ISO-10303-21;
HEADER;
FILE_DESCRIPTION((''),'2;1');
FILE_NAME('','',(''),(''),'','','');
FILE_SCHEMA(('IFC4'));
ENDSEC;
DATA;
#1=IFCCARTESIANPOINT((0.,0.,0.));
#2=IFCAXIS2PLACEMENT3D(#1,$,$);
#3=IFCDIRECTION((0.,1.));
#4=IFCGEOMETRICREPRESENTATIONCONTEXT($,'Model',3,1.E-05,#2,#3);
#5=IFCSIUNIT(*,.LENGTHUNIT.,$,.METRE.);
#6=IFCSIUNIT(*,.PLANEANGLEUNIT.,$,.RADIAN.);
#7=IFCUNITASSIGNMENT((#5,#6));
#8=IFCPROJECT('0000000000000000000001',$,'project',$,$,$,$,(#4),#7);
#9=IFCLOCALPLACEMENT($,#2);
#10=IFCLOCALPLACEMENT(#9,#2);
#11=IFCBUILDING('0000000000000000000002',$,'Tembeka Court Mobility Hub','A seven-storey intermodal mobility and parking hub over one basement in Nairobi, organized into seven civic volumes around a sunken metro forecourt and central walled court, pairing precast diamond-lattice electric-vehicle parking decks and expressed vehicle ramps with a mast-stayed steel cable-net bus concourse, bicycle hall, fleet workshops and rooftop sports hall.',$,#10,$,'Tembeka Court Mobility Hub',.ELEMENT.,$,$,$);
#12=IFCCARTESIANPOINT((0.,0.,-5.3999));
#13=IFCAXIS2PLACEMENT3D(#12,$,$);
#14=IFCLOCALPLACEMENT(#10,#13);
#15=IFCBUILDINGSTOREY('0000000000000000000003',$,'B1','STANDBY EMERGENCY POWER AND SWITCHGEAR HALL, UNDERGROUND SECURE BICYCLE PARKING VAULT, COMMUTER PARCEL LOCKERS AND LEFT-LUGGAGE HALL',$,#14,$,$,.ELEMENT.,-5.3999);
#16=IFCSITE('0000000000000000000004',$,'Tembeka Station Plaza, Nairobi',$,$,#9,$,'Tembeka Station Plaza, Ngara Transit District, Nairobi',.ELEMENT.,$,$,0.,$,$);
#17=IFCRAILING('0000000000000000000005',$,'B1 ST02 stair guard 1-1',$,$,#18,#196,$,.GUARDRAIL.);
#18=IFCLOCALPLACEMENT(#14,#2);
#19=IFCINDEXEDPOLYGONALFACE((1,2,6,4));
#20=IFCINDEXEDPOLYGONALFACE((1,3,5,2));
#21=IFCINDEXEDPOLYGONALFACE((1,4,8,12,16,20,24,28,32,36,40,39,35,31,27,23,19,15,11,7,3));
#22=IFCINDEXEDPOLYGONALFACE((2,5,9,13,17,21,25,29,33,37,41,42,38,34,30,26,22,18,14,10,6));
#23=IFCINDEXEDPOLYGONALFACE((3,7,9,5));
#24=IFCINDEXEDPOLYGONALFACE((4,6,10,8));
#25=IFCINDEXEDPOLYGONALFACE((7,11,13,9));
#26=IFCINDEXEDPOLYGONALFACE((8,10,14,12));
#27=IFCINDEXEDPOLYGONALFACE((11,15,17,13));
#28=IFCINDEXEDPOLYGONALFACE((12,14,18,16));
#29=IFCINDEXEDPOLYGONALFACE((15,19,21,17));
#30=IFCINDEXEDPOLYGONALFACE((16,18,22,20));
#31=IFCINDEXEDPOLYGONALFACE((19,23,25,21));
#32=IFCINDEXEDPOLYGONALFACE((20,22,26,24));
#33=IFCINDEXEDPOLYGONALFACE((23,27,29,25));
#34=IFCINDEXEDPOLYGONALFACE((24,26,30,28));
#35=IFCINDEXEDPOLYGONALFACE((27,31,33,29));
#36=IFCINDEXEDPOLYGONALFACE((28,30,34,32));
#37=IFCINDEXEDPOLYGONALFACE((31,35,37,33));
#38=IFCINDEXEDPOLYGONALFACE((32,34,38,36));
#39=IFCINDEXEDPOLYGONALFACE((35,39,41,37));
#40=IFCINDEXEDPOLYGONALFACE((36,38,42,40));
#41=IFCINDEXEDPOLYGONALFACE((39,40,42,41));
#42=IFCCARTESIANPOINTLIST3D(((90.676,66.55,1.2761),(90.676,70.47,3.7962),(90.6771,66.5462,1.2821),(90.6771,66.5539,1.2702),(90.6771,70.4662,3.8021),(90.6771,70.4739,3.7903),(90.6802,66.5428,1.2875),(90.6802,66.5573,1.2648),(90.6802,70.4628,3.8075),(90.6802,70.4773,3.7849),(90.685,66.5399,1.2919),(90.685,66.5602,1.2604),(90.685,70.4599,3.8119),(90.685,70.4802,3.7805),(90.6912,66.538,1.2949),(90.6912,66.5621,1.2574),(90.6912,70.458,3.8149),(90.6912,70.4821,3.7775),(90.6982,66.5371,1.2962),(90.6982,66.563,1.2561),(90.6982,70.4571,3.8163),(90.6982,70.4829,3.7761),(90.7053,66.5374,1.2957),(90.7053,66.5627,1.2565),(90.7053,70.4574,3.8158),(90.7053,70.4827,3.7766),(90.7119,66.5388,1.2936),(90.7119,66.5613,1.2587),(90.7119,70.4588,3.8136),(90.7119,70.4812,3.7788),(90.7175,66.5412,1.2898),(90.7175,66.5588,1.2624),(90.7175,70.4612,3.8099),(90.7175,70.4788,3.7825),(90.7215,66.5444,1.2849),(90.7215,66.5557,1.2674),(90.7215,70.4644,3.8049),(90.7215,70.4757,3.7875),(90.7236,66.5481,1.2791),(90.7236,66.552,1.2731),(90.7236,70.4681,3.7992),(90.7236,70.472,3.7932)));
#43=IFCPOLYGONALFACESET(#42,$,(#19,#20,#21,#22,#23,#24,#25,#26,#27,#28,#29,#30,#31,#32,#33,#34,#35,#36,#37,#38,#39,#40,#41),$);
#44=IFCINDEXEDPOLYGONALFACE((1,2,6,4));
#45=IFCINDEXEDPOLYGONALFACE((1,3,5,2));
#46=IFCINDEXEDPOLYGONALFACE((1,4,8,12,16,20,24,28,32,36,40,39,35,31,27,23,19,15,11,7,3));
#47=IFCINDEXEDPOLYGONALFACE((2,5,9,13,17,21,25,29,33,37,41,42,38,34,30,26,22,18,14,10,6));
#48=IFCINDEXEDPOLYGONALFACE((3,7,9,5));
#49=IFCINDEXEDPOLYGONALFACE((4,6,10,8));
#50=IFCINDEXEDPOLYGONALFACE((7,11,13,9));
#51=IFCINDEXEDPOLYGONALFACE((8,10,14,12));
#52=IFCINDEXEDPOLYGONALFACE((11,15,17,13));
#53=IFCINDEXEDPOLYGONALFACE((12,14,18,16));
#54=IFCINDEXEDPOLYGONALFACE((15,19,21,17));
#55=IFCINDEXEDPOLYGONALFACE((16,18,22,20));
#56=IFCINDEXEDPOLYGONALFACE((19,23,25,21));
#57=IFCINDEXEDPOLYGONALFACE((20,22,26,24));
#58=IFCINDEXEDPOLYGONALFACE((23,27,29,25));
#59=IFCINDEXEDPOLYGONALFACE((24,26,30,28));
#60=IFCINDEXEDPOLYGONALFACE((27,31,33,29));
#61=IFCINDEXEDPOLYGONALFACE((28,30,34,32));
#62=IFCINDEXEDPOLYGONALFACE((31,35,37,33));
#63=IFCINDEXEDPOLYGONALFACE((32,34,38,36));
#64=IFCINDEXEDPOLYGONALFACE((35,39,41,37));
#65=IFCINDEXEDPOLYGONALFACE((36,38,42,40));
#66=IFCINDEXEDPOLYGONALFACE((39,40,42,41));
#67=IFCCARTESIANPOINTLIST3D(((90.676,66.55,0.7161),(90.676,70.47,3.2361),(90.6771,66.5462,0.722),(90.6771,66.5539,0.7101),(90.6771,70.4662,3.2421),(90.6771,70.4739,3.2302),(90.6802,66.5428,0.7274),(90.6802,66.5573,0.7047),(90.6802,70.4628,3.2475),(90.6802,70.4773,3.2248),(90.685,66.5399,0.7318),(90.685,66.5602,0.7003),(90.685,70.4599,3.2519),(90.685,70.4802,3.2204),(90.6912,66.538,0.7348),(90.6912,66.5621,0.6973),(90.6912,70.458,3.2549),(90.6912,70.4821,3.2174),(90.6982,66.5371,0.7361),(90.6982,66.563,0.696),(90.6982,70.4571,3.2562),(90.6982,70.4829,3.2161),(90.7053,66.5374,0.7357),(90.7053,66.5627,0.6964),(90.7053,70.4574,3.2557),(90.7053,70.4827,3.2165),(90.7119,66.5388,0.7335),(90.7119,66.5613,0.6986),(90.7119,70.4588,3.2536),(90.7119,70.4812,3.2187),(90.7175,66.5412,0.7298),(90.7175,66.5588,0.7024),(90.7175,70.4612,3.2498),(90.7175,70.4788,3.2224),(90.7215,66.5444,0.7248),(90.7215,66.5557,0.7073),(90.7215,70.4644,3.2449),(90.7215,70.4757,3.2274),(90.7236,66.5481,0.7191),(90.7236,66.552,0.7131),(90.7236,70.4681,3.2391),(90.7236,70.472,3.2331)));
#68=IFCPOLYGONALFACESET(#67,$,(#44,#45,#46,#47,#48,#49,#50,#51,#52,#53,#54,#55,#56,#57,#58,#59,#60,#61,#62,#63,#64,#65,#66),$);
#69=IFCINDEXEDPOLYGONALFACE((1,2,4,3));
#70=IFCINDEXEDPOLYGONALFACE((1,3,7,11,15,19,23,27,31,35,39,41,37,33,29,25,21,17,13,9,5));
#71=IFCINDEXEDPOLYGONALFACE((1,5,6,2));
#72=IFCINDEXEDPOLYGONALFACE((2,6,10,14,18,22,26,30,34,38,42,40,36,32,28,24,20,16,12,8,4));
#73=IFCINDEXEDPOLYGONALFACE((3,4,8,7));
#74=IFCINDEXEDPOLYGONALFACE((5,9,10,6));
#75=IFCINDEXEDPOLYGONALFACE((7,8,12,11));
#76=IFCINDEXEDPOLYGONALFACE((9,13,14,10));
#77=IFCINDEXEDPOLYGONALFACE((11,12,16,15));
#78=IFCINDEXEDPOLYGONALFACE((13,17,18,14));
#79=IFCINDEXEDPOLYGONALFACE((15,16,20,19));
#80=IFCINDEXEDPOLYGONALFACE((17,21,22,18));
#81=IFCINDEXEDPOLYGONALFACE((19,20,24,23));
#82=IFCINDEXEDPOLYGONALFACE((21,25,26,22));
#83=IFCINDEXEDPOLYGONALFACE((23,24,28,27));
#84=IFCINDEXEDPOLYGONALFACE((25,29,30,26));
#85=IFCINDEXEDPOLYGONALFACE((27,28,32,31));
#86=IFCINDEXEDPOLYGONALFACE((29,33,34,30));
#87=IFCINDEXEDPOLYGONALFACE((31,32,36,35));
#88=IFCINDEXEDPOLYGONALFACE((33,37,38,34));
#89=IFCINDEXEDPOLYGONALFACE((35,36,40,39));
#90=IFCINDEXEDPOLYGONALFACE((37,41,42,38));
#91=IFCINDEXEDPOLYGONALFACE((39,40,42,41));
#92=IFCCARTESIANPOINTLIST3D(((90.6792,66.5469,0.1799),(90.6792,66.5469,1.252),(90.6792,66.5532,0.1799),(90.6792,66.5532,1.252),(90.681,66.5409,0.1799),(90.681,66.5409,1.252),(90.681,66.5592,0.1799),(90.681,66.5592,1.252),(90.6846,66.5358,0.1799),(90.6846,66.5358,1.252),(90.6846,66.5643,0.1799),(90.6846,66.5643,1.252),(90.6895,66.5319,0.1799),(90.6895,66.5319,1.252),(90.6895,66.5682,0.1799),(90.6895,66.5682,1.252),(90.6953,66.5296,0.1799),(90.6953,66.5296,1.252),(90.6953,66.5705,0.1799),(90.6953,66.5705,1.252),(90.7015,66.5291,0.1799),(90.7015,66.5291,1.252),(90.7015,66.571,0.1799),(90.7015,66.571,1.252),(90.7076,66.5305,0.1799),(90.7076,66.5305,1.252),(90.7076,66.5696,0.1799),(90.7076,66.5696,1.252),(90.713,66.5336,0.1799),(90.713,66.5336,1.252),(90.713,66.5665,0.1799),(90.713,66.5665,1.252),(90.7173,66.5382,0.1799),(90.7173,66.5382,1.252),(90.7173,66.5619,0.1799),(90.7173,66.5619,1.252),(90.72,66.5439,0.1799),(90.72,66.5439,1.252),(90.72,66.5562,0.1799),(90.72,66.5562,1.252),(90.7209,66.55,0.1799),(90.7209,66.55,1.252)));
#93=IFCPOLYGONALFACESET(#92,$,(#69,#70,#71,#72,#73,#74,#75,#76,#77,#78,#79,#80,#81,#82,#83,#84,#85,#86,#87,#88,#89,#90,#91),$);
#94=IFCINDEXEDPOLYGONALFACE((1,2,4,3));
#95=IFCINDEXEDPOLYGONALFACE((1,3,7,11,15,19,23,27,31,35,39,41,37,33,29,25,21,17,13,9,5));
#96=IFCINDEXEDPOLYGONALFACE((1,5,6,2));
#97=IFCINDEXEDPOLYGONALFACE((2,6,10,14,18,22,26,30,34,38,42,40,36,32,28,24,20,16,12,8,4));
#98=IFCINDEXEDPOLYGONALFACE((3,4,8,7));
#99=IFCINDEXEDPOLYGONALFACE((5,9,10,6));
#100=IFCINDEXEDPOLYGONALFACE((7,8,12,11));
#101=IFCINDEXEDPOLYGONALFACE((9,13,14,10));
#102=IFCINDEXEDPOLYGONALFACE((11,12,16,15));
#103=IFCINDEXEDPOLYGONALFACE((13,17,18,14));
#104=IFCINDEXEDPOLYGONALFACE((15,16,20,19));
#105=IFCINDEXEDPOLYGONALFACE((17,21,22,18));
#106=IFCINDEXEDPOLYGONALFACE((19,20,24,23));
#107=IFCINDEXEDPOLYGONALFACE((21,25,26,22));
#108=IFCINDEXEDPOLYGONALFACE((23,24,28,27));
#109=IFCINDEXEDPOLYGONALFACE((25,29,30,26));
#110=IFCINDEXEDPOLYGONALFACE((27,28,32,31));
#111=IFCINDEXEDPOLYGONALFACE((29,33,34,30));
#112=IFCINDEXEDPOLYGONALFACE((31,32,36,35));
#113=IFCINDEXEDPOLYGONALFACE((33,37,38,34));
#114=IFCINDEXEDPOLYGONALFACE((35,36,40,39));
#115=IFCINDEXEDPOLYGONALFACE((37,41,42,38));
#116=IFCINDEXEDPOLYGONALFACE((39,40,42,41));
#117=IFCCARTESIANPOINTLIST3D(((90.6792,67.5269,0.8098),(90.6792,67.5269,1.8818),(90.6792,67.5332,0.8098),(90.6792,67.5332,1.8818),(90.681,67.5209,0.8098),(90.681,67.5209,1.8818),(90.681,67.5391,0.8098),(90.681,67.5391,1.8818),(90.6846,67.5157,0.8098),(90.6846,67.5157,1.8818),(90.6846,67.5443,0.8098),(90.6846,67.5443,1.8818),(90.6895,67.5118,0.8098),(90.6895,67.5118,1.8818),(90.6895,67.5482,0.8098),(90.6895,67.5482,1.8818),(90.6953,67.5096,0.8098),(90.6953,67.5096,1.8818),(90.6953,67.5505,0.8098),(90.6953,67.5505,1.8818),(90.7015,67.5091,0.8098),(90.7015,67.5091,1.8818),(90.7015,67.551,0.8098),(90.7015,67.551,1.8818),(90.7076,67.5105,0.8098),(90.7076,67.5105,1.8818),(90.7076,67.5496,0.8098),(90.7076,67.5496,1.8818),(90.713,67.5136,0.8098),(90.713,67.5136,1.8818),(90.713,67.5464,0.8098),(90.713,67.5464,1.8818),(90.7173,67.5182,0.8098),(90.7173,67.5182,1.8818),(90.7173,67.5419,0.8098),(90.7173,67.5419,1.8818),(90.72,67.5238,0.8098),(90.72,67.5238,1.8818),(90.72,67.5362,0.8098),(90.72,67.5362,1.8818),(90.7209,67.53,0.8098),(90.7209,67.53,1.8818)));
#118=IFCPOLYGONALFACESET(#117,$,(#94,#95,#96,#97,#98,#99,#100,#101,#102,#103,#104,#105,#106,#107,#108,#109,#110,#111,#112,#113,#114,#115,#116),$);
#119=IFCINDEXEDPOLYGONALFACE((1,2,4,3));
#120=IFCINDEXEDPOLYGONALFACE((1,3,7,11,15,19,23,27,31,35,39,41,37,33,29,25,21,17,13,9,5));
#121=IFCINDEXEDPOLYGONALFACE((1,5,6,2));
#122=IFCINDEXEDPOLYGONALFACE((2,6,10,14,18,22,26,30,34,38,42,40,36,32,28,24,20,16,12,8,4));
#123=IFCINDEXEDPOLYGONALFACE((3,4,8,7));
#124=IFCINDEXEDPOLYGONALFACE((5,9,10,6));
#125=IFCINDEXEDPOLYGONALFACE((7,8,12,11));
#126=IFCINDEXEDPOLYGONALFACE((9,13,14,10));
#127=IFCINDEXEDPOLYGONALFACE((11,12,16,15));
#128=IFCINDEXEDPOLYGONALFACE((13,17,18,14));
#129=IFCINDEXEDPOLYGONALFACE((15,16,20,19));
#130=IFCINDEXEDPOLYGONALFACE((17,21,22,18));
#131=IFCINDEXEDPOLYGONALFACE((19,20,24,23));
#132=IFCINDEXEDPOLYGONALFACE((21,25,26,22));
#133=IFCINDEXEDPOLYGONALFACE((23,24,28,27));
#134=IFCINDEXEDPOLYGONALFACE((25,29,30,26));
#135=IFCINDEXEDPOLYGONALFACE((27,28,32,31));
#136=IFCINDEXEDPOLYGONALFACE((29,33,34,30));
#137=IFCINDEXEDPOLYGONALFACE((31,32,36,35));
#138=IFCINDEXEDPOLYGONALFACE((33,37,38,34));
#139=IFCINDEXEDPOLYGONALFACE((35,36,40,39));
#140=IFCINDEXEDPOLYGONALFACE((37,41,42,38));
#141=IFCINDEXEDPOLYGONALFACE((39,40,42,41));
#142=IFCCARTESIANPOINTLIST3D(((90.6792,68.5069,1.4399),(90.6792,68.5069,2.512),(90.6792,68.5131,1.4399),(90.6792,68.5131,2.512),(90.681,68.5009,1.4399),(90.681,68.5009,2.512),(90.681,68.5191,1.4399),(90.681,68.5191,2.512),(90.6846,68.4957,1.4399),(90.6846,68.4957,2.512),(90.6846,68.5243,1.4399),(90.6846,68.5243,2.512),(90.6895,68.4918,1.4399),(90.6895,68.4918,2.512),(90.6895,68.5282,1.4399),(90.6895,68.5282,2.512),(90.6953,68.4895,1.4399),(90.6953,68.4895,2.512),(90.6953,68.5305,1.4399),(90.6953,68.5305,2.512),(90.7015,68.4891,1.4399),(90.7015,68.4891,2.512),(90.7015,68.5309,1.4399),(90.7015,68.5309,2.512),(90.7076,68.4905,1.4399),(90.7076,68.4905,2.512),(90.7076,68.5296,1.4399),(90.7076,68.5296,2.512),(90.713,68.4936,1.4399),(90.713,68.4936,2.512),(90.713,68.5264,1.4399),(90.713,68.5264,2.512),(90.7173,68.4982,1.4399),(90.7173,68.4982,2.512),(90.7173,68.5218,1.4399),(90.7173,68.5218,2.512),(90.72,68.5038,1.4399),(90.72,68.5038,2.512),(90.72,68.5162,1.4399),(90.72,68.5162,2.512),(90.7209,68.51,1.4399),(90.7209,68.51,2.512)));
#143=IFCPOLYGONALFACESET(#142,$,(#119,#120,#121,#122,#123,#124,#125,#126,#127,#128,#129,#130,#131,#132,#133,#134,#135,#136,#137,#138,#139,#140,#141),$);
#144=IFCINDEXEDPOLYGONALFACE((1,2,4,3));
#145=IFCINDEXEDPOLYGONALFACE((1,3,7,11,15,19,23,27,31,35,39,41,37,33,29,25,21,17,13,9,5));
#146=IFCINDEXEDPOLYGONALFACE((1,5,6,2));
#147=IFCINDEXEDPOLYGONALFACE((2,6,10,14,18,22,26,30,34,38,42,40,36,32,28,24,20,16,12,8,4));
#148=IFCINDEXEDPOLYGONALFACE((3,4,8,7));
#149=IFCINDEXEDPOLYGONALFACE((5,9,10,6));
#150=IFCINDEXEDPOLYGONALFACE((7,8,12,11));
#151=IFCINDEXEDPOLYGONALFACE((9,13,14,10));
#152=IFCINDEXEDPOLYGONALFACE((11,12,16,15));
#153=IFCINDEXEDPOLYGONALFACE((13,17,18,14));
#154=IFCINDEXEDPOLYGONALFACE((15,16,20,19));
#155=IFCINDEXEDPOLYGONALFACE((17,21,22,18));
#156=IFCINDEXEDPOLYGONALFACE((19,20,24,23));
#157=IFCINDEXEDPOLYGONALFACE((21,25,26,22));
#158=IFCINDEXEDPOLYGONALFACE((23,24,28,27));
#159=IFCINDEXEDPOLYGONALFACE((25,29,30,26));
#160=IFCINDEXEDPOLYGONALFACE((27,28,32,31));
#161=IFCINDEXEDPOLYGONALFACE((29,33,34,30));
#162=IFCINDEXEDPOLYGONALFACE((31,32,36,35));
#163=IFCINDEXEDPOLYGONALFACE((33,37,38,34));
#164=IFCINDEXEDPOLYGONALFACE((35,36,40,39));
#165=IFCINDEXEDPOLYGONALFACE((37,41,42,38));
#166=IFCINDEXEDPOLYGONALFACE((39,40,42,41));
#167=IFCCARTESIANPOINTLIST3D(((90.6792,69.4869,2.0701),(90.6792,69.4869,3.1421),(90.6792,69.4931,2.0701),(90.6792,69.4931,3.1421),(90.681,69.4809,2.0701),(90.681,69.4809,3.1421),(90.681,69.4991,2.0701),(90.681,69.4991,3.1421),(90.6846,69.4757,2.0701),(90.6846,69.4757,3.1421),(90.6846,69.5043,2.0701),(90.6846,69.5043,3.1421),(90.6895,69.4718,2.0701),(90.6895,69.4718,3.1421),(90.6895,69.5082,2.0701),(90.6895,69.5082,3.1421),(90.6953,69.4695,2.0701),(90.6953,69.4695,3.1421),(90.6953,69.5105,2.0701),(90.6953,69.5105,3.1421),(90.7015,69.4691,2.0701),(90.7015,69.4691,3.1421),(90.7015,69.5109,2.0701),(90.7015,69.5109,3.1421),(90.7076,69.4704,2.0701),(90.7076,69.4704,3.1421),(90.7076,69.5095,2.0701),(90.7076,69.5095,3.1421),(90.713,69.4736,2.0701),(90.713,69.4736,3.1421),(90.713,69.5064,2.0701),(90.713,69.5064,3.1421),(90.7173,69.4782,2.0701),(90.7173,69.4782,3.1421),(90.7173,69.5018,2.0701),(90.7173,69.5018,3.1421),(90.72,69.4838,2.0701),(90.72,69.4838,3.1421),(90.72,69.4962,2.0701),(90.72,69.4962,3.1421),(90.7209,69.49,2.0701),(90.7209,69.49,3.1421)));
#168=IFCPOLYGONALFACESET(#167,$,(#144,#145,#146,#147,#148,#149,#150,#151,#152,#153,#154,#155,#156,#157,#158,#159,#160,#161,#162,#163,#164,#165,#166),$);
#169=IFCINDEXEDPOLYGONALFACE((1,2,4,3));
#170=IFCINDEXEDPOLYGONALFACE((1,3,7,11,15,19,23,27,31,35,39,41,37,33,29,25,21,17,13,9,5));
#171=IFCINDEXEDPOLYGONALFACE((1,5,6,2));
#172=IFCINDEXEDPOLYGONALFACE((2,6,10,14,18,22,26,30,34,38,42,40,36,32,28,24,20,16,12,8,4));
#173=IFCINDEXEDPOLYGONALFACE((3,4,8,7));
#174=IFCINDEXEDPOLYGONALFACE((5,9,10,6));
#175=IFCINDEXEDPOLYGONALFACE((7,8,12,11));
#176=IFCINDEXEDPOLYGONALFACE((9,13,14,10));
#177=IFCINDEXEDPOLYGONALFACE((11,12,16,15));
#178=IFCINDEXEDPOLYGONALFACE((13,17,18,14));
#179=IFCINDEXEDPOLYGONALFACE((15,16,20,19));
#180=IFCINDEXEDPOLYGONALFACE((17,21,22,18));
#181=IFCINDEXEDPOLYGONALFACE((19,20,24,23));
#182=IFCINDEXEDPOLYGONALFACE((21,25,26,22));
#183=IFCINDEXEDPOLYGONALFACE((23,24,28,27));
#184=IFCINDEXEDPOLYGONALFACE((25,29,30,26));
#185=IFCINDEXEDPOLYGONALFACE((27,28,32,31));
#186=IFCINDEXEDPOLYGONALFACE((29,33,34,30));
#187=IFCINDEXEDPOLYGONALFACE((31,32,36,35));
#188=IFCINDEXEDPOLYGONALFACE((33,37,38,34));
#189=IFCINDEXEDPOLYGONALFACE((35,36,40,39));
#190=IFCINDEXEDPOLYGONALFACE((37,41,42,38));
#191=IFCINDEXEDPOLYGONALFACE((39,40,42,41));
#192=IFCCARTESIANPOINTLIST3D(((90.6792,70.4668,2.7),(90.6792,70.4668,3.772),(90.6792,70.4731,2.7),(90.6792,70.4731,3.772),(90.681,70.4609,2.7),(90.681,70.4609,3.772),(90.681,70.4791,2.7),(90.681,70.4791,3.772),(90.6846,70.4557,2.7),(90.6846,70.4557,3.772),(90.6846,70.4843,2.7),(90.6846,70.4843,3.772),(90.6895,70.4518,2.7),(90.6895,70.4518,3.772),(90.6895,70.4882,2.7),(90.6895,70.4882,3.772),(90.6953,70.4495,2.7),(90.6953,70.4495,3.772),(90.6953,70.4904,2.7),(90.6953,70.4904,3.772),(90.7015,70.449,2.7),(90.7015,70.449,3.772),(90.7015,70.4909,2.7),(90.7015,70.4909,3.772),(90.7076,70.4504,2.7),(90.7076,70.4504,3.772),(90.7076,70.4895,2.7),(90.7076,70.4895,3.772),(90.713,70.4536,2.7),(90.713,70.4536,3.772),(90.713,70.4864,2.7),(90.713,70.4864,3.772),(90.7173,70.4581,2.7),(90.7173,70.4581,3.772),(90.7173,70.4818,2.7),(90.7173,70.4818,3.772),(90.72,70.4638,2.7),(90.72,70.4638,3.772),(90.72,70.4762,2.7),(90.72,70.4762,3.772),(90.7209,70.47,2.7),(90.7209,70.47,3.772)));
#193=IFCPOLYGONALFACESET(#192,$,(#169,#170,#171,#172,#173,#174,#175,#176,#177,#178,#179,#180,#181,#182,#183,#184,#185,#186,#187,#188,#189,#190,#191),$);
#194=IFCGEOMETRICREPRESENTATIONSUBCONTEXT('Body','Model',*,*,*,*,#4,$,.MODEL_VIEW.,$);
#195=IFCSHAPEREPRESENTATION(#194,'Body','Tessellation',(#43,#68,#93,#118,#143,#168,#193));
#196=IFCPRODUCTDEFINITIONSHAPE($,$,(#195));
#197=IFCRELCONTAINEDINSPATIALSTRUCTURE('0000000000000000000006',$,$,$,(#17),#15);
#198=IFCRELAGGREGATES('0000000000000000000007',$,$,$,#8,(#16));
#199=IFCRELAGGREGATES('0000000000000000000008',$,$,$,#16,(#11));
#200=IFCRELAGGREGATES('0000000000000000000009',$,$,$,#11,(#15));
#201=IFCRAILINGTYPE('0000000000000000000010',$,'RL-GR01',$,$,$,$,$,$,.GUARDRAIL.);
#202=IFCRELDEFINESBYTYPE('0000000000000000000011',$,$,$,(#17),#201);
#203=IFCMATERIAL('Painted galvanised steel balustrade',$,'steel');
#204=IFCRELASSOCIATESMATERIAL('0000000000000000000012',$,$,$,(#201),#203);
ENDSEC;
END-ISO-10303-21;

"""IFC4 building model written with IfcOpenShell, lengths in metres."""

from ifc_helpers import new_model, si_unit, direction, frame, origin, origin_2d, place, context, subcontext, project, spatial, circle, extrude, material, type_object, element, save


model = new_model("IFC4")

# Units and contexts
model_context = context("Model", 3, precision=1e-05, world=origin(), true_north=direction((0.0, 1.0)))
body_context = subcontext(model_context, "Body", "Model", "MODEL_VIEW")
ifc_project = project(units=[si_unit("LENGTHUNIT", "METRE"), si_unit("PLANEANGLEUNIT", "RADIAN")], contexts=[model_context])

# Site, building, storey
site_placement = place(None, origin())
site = spatial("IfcSite", under=ifc_project, at=site_placement, Name="Tembeka Station Plaza, Nairobi", LongName="Tembeka Station Plaza, Ngara Transit District, Nairobi", CompositionType="ELEMENT", RefElevation=0.0)
building_placement = place(site_placement, origin())
building = spatial("IfcBuilding", under=site, at=building_placement, Name="Tembeka Court Mobility Hub", Description="A seven-storey intermodal mobility and parking hub over one basement in Nairobi, organized into seven civic volumes around a sunken metro forecourt and central walled court, pairing precast diamond-lattice electric-vehicle parking decks and expressed vehicle ramps with a mast-stayed steel cable-net bus concourse, bicycle hall, fleet workshops and rooftop sports hall.", LongName="Tembeka Court Mobility Hub", CompositionType="ELEMENT")
storey_placement = place(building_placement, frame((0.0, 0.0, -5.3999)))
storey = spatial("IfcBuildingStorey", under=building, at=storey_placement, Name="B1", Description="STANDBY EMERGENCY POWER AND SWITCHGEAR HALL, UNDERGROUND SECURE BICYCLE PARKING VAULT, COMMUTER PARCEL LOCKERS AND LEFT-LUGGAGE HALL", CompositionType="ELEMENT", Elevation=-5.3999)

# Railing
ifc_material_1 = material(Name="Painted galvanised steel balustrade", Category="steel")
railing_type_1 = type_object("IfcRailingType", Name="RL-GR01", PredefinedType="GUARDRAIL", material=ifc_material_1)
railing_1_placement = place(storey_placement, frame((90.7, 66.55, 0.1799)))
element("IfcRailing", 1, at=railing_1_placement, inside=storey, type_object=railing_type_1, Name="B1 ST02 stair guard 1-1", PredefinedType="GUARDRAIL", context=body_context, shape_type="SweptSolid", body=[
    extrude(circle(Radius=0.0239, at=origin_2d()), frame((0.0, 0.0, 1.0962), z_axis=(0.0, 0.841172, 0.540768), x_axis=(-1.0, 0.0, 0.0)), (0.0, 0.0, 1.0), 4.6602),
    extrude(circle(Radius=0.0239, at=origin_2d()), frame((0.0, 0.0, 0.5361), z_axis=(0.0, 0.841172, 0.540768), x_axis=(-1.0, 0.0, 0.0)), (0.0, 0.0, 1.0), 4.6602),
    extrude(circle(Radius=0.021, at=origin_2d()), origin(), (0.0, 0.0, 1.0), 1.072),
    extrude(circle(Radius=0.021, at=origin_2d()), frame((0.0, 0.98, 0.6299)), (0.0, 0.0, 1.0), 1.072),
    extrude(circle(Radius=0.021, at=origin_2d()), frame((0.0, 1.96, 1.26)), (0.0, 0.0, 1.0), 1.072),
    extrude(circle(Radius=0.021, at=origin_2d()), frame((0.0, 2.9399, 1.8901)), (0.0, 0.0, 1.0), 1.072),
    extrude(circle(Radius=0.021, at=origin_2d()), frame((0.0, 3.9199, 2.52)), (0.0, 0.0, 1.0), 1.072),
])

save(model, "model.ifc")
